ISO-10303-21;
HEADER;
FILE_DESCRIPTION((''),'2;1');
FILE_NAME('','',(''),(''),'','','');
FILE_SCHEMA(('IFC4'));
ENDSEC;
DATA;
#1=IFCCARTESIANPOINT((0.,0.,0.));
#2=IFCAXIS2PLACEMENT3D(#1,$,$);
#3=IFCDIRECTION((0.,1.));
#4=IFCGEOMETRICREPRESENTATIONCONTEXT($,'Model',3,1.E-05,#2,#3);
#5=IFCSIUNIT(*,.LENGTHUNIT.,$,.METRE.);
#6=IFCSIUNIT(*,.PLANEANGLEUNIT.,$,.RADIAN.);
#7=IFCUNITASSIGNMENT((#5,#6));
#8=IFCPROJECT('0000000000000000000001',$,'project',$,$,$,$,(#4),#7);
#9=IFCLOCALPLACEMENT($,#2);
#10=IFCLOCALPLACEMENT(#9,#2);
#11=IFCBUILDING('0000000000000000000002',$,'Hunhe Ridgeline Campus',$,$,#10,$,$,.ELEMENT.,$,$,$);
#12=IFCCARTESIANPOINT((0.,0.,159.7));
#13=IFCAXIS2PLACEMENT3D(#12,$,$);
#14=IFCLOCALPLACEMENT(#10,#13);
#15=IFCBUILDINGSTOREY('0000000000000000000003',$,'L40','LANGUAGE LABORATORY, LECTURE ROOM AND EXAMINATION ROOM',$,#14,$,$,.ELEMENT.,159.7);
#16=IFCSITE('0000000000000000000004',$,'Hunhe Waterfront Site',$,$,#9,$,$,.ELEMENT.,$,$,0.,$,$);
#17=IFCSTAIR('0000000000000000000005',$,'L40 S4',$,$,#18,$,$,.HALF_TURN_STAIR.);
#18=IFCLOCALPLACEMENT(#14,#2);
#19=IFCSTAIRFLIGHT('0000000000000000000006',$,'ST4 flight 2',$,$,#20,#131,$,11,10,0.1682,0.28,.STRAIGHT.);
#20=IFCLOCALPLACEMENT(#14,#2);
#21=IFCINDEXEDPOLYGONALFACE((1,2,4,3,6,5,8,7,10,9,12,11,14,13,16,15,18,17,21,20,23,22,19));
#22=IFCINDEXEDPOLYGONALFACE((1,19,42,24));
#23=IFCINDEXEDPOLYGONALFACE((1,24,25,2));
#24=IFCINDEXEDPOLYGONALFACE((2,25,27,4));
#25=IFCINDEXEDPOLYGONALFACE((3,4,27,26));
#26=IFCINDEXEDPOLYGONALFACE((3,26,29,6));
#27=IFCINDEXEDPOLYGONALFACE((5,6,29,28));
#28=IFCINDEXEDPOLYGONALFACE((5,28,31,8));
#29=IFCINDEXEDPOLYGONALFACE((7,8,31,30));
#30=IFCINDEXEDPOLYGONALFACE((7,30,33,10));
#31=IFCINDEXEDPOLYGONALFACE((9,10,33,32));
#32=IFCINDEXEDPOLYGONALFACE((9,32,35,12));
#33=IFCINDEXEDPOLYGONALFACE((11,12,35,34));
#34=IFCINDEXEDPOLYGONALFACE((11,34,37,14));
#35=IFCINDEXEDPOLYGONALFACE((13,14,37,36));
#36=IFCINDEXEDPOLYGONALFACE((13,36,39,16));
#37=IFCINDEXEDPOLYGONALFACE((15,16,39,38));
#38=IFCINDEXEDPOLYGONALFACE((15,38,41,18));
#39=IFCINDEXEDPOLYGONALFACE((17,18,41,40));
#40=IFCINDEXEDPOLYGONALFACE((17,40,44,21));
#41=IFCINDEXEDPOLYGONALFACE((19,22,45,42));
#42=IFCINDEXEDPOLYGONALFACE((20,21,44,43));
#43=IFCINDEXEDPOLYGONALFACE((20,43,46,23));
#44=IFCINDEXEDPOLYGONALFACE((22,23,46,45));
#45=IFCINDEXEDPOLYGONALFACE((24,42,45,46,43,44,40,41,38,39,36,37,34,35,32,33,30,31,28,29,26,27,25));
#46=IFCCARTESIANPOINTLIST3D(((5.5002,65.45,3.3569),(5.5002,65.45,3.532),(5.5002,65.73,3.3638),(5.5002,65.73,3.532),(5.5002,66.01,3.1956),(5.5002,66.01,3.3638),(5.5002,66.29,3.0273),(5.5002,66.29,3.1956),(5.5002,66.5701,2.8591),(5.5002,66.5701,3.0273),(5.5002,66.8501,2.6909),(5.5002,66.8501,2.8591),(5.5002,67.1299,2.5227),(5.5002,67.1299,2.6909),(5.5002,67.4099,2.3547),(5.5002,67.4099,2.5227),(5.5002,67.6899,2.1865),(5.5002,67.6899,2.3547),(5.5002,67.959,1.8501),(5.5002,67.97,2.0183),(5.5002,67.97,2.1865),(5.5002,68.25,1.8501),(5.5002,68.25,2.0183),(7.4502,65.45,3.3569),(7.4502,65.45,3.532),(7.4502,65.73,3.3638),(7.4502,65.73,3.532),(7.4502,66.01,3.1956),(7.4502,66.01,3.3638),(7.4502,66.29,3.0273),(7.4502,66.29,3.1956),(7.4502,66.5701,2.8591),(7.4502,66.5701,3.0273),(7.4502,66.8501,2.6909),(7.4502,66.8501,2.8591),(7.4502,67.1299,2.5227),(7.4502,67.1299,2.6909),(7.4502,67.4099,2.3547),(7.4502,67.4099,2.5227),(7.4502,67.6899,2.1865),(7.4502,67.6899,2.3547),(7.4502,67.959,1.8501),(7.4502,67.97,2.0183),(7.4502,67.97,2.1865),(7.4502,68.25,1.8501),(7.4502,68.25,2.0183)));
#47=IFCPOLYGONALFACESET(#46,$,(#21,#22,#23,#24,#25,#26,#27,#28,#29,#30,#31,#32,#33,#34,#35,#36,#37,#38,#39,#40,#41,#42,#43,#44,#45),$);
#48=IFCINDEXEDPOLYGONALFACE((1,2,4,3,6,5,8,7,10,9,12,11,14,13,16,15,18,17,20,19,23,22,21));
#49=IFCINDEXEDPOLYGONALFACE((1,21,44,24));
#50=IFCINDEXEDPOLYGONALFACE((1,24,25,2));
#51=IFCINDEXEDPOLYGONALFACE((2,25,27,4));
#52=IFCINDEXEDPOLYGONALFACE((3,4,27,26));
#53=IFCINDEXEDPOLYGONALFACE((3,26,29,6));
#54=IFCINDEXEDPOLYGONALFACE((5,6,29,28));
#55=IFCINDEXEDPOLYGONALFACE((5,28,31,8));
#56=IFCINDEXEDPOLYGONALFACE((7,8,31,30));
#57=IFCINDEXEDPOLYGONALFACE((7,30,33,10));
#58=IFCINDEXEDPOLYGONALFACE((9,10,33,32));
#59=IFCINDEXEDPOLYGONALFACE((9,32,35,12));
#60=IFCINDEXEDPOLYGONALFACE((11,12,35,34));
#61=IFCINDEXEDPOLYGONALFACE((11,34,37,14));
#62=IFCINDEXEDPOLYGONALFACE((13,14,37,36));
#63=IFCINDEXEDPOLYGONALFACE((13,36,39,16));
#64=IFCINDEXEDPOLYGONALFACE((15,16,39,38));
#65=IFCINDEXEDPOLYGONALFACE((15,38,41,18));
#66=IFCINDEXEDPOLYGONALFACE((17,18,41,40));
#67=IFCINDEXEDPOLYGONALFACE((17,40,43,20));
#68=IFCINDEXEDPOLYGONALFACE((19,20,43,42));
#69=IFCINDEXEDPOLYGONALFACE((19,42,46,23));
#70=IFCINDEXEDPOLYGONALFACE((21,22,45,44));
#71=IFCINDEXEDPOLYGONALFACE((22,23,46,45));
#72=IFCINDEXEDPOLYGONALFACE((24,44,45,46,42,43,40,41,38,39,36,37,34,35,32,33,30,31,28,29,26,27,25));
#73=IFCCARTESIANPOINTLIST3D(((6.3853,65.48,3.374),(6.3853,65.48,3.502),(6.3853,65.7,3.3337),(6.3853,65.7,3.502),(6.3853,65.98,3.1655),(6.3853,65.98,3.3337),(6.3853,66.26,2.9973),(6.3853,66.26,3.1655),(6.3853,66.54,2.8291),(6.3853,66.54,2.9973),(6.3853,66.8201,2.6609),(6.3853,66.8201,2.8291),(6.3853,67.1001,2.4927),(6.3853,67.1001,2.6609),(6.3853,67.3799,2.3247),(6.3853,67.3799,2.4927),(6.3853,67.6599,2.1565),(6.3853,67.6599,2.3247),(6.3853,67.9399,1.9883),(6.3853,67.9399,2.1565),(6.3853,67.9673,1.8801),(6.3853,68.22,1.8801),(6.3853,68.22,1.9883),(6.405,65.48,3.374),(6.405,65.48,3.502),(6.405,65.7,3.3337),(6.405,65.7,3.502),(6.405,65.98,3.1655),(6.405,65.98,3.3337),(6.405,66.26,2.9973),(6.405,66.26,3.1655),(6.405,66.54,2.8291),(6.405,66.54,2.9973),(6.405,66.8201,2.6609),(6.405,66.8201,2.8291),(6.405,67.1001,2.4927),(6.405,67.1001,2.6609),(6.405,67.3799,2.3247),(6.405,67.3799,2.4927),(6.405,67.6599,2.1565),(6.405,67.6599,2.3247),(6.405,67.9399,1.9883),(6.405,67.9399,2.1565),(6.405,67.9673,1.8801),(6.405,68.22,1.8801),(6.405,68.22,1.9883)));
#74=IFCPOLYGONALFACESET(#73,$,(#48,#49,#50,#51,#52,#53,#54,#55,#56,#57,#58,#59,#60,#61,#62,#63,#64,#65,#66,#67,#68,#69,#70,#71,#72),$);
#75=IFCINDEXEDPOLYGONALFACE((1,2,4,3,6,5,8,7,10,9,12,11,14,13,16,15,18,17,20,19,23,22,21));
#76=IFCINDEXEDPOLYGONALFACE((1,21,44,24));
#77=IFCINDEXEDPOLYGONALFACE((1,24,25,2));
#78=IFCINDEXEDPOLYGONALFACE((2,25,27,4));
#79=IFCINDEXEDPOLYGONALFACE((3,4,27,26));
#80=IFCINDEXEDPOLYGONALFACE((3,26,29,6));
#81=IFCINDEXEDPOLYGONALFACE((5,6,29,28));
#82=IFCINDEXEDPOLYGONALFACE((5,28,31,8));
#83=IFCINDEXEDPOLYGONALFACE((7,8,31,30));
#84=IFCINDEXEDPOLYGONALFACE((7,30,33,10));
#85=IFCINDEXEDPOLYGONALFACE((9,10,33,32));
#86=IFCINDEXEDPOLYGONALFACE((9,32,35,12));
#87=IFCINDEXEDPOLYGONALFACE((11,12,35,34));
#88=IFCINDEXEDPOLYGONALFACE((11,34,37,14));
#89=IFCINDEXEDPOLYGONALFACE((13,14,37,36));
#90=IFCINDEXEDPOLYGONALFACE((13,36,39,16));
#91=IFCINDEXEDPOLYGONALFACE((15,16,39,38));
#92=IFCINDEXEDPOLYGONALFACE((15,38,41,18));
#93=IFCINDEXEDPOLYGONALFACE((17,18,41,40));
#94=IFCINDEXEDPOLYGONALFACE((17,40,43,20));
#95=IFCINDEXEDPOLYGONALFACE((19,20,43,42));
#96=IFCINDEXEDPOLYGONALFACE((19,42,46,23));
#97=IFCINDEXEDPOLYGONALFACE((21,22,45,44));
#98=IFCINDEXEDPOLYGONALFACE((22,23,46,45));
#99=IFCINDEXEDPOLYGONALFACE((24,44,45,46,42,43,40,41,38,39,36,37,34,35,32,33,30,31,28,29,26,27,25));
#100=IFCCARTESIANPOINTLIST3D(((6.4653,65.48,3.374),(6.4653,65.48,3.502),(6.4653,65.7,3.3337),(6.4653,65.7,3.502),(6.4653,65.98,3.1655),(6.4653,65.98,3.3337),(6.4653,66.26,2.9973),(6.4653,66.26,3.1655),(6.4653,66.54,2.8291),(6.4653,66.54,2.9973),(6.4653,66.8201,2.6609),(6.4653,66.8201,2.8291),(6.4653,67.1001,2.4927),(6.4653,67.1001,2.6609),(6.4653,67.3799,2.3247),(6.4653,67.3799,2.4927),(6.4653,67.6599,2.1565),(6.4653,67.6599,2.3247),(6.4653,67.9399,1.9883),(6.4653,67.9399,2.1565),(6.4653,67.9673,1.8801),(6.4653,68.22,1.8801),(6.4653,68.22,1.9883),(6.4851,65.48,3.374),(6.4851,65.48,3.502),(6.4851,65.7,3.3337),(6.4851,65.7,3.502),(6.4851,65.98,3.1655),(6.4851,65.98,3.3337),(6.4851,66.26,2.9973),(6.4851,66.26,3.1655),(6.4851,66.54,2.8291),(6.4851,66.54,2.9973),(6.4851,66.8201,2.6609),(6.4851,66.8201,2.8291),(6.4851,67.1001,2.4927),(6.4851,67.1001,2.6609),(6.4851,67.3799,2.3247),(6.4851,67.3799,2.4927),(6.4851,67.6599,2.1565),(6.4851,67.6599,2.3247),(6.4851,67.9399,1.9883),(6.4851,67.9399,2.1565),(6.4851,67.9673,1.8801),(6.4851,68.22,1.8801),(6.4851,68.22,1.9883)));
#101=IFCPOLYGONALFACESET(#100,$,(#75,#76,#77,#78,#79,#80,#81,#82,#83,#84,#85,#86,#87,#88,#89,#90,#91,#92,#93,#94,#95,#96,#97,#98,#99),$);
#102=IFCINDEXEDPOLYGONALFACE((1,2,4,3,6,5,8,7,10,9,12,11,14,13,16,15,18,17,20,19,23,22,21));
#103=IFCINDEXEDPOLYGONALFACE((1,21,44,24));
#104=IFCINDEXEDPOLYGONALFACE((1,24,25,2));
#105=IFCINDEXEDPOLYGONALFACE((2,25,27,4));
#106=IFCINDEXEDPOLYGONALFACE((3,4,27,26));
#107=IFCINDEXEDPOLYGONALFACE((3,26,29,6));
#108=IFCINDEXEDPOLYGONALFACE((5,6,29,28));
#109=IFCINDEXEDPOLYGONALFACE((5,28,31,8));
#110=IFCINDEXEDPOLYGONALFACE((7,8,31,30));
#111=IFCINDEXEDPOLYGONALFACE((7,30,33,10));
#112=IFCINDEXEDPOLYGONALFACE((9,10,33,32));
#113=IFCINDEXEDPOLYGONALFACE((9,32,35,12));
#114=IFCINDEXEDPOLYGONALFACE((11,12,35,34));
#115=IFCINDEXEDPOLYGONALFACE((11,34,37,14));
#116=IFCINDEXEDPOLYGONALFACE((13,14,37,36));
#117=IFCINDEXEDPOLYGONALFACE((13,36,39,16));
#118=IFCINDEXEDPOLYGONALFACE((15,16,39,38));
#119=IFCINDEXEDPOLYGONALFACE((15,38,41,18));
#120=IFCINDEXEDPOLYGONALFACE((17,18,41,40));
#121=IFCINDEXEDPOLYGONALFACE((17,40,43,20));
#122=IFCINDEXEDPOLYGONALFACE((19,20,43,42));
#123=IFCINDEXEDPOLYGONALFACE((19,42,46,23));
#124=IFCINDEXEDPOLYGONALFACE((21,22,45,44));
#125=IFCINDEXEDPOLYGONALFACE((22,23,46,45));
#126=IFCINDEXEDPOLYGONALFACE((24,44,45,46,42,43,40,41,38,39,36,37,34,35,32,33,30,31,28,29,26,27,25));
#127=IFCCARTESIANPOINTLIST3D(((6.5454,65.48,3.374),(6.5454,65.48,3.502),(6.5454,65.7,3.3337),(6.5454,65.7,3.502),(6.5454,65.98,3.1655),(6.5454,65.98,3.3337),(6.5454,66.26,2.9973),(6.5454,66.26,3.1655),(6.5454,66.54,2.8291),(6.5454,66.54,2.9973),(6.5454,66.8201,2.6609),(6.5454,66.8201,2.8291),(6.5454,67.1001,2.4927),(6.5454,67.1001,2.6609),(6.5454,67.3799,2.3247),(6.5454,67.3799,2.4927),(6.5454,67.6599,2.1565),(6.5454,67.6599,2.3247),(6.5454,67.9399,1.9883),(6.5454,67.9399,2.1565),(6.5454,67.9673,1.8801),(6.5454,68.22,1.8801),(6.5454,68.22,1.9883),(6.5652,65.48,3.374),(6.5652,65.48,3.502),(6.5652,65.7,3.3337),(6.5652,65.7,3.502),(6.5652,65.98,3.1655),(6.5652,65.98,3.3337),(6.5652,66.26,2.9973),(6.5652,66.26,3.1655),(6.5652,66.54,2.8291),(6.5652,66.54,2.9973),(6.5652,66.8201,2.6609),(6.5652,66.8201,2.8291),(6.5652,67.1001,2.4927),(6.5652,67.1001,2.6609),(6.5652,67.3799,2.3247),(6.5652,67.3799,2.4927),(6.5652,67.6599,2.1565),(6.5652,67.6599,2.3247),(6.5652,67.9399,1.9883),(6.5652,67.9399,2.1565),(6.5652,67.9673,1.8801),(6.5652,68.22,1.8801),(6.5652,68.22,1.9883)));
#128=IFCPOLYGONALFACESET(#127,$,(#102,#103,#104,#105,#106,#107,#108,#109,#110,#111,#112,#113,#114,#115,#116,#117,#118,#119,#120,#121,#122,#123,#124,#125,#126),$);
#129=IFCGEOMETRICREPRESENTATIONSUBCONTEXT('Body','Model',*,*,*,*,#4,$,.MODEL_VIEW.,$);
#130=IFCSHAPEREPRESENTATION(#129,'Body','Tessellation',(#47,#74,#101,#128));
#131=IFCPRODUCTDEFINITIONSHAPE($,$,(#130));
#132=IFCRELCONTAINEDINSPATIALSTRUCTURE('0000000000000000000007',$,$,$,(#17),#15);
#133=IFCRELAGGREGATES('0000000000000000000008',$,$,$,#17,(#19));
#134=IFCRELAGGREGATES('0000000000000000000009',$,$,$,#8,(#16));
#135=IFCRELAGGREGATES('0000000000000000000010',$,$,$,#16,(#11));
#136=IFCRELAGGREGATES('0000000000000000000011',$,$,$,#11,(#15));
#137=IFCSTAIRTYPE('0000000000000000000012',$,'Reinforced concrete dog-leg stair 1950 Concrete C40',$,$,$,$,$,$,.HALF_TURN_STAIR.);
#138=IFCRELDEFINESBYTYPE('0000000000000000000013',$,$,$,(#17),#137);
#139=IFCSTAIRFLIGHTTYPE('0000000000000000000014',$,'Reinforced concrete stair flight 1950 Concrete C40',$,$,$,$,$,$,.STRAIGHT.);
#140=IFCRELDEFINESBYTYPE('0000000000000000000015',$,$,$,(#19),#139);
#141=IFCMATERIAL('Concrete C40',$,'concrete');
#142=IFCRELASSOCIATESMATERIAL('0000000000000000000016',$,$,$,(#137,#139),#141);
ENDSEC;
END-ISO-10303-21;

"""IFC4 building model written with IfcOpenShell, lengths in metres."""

from ifc_helpers import new_model, si_unit, direction, frame, origin, place, context, subcontext, project, spatial, polyline, outline, extrude, material, type_object, element, aggregate, save


model = new_model("IFC4")

# Units and contexts
model_context = context("Model", 3, precision=1e-05, world=origin(), true_north=direction((0.0, 1.0)))
body_context = subcontext(model_context, "Body", "Model", "MODEL_VIEW")
ifc_project = project(units=[si_unit("LENGTHUNIT", "METRE"), si_unit("PLANEANGLEUNIT", "RADIAN")], contexts=[model_context])

# Site, building, storey
site_placement = place(None, origin())
site = spatial("IfcSite", under=ifc_project, at=site_placement, Name="Hunhe Waterfront Site", CompositionType="ELEMENT", RefElevation=0.0)
building_placement = place(site_placement, origin())
building = spatial("IfcBuilding", under=site, at=building_placement, Name="Hunhe Ridgeline Campus", CompositionType="ELEMENT")
storey_placement = place(building_placement, frame((0.0, 0.0, 159.7)))
storey = spatial("IfcBuildingStorey", under=building, at=storey_placement, Name="L40", Description="LANGUAGE LABORATORY, LECTURE ROOM AND EXAMINATION ROOM", CompositionType="ELEMENT", Elevation=159.7)

# Stair, stair flight
ifc_material_1 = material(Name="Concrete C40", Category="concrete")
stair_type = type_object("IfcStairType", Name="Reinforced concrete dog-leg stair 1950 Concrete C40", PredefinedType="HALF_TURN_STAIR", material=ifc_material_1)
stair_flight_type = type_object("IfcStairFlightType", Name="Reinforced concrete stair flight 1950 Concrete C40", PredefinedType="STRAIGHT", material=ifc_material_1)
stair_1_placement = place(storey_placement, origin())
stair_1 = element("IfcStair", 1, at=stair_1_placement, inside=storey, type_object=stair_type, Name="L40 S4", PredefinedType="HALF_TURN_STAIR")
stair_flight_1_placement = place(storey_placement, frame((6.4751, 68.25, 1.8501), z_axis=(0.0, 0.0, 1.0), x_axis=(0.0, -1.0, 0.0)))
stair_flight_1 = element("IfcStairFlight", 2, at=stair_flight_1_placement, type_object=stair_flight_type, Name="ST4 flight 2", NumberOfRisers=11, NumberOfTreads=10, PredefinedType="STRAIGHT", RiserHeight=0.1682, TreadLength=0.28, context=body_context, shape_type="SweptSolid", body=[
    extrude(outline(polyline([(0.0, 0.0), (0.0, 0.1682), (0.28, 0.1682), (0.28, 0.3364), (0.5601, 0.3364), (0.5601, 0.5046), (0.8401, 0.5046), (0.8401, 0.6726), (1.1201, 0.6726), (1.1201, 0.8408), (1.3999, 0.8408), (1.3999, 1.009), (1.6799, 1.009), (1.6799, 1.1772), (1.96, 1.1772), (1.96, 1.3455), (2.24, 1.3455), (2.24, 1.5137), (2.52, 1.5137), (2.52, 1.6819), (2.8, 1.6819), (2.8, 1.8501), (2.8, 1.5068), (0.291, 0.0), (0.0, 0.0)])), frame((0.0, 0.9751, 0.0), z_axis=(0.0, -1.0, 0.0), x_axis=(1.0, 0.0, 0.0)), (0.0, 0.0, 1.0), 1.95),
    extrude(outline(polyline([(0.03, 0.03), (0.03, 0.1382), (0.3101, 0.1382), (0.3101, 0.3064), (0.5901, 0.3064), (0.5901, 0.4746), (0.8701, 0.4746), (0.8701, 0.6426), (1.1499, 0.6426), (1.1499, 0.8108), (1.4299, 0.8108), (1.4299, 0.979), (1.71, 0.979), (1.71, 1.1472), (1.99, 1.1472), (1.99, 1.3154), (2.27, 1.3154), (2.27, 1.4836), (2.55, 1.4836), (2.55, 1.6519), (2.77, 1.6519), (2.77, 1.5239), (0.2827, 0.03), (0.03, 0.03)])), frame((0.0, -0.0701, 0.0), z_axis=(0.0, -1.0, 0.0), x_axis=(1.0, 0.0, 0.0)), (0.0, 0.0, 1.0), 0.0198),
    extrude(outline(polyline([(0.03, 0.03), (0.03, 0.1382), (0.3101, 0.1382), (0.3101, 0.3064), (0.5901, 0.3064), (0.5901, 0.4746), (0.8701, 0.4746), (0.8701, 0.6426), (1.1499, 0.6426), (1.1499, 0.8108), (1.4299, 0.8108), (1.4299, 0.979), (1.71, 0.979), (1.71, 1.1472), (1.99, 1.1472), (1.99, 1.3154), (2.27, 1.3154), (2.27, 1.4836), (2.55, 1.4836), (2.55, 1.6519), (2.77, 1.6519), (2.77, 1.5239), (0.2827, 0.03), (0.03, 0.03)])), frame((0.0, 0.01, 0.0), z_axis=(0.0, -1.0, 0.0), x_axis=(1.0, 0.0, 0.0)), (0.0, 0.0, 1.0), 0.0198),
    extrude(outline(polyline([(0.03, 0.03), (0.03, 0.1382), (0.3101, 0.1382), (0.3101, 0.3064), (0.5901, 0.3064), (0.5901, 0.4746), (0.8701, 0.4746), (0.8701, 0.6426), (1.1499, 0.6426), (1.1499, 0.8108), (1.4299, 0.8108), (1.4299, 0.979), (1.71, 0.979), (1.71, 1.1472), (1.99, 1.1472), (1.99, 1.3154), (2.27, 1.3154), (2.27, 1.4836), (2.55, 1.4836), (2.55, 1.6519), (2.77, 1.6519), (2.77, 1.5239), (0.2827, 0.03), (0.03, 0.03)])), frame((0.0, 0.0901, 0.0), z_axis=(0.0, -1.0, 0.0), x_axis=(1.0, 0.0, 0.0)), (0.0, 0.0, 1.0), 0.0198),
])
aggregate(stair_1, [stair_flight_1])

save(model, "model.ifc")
